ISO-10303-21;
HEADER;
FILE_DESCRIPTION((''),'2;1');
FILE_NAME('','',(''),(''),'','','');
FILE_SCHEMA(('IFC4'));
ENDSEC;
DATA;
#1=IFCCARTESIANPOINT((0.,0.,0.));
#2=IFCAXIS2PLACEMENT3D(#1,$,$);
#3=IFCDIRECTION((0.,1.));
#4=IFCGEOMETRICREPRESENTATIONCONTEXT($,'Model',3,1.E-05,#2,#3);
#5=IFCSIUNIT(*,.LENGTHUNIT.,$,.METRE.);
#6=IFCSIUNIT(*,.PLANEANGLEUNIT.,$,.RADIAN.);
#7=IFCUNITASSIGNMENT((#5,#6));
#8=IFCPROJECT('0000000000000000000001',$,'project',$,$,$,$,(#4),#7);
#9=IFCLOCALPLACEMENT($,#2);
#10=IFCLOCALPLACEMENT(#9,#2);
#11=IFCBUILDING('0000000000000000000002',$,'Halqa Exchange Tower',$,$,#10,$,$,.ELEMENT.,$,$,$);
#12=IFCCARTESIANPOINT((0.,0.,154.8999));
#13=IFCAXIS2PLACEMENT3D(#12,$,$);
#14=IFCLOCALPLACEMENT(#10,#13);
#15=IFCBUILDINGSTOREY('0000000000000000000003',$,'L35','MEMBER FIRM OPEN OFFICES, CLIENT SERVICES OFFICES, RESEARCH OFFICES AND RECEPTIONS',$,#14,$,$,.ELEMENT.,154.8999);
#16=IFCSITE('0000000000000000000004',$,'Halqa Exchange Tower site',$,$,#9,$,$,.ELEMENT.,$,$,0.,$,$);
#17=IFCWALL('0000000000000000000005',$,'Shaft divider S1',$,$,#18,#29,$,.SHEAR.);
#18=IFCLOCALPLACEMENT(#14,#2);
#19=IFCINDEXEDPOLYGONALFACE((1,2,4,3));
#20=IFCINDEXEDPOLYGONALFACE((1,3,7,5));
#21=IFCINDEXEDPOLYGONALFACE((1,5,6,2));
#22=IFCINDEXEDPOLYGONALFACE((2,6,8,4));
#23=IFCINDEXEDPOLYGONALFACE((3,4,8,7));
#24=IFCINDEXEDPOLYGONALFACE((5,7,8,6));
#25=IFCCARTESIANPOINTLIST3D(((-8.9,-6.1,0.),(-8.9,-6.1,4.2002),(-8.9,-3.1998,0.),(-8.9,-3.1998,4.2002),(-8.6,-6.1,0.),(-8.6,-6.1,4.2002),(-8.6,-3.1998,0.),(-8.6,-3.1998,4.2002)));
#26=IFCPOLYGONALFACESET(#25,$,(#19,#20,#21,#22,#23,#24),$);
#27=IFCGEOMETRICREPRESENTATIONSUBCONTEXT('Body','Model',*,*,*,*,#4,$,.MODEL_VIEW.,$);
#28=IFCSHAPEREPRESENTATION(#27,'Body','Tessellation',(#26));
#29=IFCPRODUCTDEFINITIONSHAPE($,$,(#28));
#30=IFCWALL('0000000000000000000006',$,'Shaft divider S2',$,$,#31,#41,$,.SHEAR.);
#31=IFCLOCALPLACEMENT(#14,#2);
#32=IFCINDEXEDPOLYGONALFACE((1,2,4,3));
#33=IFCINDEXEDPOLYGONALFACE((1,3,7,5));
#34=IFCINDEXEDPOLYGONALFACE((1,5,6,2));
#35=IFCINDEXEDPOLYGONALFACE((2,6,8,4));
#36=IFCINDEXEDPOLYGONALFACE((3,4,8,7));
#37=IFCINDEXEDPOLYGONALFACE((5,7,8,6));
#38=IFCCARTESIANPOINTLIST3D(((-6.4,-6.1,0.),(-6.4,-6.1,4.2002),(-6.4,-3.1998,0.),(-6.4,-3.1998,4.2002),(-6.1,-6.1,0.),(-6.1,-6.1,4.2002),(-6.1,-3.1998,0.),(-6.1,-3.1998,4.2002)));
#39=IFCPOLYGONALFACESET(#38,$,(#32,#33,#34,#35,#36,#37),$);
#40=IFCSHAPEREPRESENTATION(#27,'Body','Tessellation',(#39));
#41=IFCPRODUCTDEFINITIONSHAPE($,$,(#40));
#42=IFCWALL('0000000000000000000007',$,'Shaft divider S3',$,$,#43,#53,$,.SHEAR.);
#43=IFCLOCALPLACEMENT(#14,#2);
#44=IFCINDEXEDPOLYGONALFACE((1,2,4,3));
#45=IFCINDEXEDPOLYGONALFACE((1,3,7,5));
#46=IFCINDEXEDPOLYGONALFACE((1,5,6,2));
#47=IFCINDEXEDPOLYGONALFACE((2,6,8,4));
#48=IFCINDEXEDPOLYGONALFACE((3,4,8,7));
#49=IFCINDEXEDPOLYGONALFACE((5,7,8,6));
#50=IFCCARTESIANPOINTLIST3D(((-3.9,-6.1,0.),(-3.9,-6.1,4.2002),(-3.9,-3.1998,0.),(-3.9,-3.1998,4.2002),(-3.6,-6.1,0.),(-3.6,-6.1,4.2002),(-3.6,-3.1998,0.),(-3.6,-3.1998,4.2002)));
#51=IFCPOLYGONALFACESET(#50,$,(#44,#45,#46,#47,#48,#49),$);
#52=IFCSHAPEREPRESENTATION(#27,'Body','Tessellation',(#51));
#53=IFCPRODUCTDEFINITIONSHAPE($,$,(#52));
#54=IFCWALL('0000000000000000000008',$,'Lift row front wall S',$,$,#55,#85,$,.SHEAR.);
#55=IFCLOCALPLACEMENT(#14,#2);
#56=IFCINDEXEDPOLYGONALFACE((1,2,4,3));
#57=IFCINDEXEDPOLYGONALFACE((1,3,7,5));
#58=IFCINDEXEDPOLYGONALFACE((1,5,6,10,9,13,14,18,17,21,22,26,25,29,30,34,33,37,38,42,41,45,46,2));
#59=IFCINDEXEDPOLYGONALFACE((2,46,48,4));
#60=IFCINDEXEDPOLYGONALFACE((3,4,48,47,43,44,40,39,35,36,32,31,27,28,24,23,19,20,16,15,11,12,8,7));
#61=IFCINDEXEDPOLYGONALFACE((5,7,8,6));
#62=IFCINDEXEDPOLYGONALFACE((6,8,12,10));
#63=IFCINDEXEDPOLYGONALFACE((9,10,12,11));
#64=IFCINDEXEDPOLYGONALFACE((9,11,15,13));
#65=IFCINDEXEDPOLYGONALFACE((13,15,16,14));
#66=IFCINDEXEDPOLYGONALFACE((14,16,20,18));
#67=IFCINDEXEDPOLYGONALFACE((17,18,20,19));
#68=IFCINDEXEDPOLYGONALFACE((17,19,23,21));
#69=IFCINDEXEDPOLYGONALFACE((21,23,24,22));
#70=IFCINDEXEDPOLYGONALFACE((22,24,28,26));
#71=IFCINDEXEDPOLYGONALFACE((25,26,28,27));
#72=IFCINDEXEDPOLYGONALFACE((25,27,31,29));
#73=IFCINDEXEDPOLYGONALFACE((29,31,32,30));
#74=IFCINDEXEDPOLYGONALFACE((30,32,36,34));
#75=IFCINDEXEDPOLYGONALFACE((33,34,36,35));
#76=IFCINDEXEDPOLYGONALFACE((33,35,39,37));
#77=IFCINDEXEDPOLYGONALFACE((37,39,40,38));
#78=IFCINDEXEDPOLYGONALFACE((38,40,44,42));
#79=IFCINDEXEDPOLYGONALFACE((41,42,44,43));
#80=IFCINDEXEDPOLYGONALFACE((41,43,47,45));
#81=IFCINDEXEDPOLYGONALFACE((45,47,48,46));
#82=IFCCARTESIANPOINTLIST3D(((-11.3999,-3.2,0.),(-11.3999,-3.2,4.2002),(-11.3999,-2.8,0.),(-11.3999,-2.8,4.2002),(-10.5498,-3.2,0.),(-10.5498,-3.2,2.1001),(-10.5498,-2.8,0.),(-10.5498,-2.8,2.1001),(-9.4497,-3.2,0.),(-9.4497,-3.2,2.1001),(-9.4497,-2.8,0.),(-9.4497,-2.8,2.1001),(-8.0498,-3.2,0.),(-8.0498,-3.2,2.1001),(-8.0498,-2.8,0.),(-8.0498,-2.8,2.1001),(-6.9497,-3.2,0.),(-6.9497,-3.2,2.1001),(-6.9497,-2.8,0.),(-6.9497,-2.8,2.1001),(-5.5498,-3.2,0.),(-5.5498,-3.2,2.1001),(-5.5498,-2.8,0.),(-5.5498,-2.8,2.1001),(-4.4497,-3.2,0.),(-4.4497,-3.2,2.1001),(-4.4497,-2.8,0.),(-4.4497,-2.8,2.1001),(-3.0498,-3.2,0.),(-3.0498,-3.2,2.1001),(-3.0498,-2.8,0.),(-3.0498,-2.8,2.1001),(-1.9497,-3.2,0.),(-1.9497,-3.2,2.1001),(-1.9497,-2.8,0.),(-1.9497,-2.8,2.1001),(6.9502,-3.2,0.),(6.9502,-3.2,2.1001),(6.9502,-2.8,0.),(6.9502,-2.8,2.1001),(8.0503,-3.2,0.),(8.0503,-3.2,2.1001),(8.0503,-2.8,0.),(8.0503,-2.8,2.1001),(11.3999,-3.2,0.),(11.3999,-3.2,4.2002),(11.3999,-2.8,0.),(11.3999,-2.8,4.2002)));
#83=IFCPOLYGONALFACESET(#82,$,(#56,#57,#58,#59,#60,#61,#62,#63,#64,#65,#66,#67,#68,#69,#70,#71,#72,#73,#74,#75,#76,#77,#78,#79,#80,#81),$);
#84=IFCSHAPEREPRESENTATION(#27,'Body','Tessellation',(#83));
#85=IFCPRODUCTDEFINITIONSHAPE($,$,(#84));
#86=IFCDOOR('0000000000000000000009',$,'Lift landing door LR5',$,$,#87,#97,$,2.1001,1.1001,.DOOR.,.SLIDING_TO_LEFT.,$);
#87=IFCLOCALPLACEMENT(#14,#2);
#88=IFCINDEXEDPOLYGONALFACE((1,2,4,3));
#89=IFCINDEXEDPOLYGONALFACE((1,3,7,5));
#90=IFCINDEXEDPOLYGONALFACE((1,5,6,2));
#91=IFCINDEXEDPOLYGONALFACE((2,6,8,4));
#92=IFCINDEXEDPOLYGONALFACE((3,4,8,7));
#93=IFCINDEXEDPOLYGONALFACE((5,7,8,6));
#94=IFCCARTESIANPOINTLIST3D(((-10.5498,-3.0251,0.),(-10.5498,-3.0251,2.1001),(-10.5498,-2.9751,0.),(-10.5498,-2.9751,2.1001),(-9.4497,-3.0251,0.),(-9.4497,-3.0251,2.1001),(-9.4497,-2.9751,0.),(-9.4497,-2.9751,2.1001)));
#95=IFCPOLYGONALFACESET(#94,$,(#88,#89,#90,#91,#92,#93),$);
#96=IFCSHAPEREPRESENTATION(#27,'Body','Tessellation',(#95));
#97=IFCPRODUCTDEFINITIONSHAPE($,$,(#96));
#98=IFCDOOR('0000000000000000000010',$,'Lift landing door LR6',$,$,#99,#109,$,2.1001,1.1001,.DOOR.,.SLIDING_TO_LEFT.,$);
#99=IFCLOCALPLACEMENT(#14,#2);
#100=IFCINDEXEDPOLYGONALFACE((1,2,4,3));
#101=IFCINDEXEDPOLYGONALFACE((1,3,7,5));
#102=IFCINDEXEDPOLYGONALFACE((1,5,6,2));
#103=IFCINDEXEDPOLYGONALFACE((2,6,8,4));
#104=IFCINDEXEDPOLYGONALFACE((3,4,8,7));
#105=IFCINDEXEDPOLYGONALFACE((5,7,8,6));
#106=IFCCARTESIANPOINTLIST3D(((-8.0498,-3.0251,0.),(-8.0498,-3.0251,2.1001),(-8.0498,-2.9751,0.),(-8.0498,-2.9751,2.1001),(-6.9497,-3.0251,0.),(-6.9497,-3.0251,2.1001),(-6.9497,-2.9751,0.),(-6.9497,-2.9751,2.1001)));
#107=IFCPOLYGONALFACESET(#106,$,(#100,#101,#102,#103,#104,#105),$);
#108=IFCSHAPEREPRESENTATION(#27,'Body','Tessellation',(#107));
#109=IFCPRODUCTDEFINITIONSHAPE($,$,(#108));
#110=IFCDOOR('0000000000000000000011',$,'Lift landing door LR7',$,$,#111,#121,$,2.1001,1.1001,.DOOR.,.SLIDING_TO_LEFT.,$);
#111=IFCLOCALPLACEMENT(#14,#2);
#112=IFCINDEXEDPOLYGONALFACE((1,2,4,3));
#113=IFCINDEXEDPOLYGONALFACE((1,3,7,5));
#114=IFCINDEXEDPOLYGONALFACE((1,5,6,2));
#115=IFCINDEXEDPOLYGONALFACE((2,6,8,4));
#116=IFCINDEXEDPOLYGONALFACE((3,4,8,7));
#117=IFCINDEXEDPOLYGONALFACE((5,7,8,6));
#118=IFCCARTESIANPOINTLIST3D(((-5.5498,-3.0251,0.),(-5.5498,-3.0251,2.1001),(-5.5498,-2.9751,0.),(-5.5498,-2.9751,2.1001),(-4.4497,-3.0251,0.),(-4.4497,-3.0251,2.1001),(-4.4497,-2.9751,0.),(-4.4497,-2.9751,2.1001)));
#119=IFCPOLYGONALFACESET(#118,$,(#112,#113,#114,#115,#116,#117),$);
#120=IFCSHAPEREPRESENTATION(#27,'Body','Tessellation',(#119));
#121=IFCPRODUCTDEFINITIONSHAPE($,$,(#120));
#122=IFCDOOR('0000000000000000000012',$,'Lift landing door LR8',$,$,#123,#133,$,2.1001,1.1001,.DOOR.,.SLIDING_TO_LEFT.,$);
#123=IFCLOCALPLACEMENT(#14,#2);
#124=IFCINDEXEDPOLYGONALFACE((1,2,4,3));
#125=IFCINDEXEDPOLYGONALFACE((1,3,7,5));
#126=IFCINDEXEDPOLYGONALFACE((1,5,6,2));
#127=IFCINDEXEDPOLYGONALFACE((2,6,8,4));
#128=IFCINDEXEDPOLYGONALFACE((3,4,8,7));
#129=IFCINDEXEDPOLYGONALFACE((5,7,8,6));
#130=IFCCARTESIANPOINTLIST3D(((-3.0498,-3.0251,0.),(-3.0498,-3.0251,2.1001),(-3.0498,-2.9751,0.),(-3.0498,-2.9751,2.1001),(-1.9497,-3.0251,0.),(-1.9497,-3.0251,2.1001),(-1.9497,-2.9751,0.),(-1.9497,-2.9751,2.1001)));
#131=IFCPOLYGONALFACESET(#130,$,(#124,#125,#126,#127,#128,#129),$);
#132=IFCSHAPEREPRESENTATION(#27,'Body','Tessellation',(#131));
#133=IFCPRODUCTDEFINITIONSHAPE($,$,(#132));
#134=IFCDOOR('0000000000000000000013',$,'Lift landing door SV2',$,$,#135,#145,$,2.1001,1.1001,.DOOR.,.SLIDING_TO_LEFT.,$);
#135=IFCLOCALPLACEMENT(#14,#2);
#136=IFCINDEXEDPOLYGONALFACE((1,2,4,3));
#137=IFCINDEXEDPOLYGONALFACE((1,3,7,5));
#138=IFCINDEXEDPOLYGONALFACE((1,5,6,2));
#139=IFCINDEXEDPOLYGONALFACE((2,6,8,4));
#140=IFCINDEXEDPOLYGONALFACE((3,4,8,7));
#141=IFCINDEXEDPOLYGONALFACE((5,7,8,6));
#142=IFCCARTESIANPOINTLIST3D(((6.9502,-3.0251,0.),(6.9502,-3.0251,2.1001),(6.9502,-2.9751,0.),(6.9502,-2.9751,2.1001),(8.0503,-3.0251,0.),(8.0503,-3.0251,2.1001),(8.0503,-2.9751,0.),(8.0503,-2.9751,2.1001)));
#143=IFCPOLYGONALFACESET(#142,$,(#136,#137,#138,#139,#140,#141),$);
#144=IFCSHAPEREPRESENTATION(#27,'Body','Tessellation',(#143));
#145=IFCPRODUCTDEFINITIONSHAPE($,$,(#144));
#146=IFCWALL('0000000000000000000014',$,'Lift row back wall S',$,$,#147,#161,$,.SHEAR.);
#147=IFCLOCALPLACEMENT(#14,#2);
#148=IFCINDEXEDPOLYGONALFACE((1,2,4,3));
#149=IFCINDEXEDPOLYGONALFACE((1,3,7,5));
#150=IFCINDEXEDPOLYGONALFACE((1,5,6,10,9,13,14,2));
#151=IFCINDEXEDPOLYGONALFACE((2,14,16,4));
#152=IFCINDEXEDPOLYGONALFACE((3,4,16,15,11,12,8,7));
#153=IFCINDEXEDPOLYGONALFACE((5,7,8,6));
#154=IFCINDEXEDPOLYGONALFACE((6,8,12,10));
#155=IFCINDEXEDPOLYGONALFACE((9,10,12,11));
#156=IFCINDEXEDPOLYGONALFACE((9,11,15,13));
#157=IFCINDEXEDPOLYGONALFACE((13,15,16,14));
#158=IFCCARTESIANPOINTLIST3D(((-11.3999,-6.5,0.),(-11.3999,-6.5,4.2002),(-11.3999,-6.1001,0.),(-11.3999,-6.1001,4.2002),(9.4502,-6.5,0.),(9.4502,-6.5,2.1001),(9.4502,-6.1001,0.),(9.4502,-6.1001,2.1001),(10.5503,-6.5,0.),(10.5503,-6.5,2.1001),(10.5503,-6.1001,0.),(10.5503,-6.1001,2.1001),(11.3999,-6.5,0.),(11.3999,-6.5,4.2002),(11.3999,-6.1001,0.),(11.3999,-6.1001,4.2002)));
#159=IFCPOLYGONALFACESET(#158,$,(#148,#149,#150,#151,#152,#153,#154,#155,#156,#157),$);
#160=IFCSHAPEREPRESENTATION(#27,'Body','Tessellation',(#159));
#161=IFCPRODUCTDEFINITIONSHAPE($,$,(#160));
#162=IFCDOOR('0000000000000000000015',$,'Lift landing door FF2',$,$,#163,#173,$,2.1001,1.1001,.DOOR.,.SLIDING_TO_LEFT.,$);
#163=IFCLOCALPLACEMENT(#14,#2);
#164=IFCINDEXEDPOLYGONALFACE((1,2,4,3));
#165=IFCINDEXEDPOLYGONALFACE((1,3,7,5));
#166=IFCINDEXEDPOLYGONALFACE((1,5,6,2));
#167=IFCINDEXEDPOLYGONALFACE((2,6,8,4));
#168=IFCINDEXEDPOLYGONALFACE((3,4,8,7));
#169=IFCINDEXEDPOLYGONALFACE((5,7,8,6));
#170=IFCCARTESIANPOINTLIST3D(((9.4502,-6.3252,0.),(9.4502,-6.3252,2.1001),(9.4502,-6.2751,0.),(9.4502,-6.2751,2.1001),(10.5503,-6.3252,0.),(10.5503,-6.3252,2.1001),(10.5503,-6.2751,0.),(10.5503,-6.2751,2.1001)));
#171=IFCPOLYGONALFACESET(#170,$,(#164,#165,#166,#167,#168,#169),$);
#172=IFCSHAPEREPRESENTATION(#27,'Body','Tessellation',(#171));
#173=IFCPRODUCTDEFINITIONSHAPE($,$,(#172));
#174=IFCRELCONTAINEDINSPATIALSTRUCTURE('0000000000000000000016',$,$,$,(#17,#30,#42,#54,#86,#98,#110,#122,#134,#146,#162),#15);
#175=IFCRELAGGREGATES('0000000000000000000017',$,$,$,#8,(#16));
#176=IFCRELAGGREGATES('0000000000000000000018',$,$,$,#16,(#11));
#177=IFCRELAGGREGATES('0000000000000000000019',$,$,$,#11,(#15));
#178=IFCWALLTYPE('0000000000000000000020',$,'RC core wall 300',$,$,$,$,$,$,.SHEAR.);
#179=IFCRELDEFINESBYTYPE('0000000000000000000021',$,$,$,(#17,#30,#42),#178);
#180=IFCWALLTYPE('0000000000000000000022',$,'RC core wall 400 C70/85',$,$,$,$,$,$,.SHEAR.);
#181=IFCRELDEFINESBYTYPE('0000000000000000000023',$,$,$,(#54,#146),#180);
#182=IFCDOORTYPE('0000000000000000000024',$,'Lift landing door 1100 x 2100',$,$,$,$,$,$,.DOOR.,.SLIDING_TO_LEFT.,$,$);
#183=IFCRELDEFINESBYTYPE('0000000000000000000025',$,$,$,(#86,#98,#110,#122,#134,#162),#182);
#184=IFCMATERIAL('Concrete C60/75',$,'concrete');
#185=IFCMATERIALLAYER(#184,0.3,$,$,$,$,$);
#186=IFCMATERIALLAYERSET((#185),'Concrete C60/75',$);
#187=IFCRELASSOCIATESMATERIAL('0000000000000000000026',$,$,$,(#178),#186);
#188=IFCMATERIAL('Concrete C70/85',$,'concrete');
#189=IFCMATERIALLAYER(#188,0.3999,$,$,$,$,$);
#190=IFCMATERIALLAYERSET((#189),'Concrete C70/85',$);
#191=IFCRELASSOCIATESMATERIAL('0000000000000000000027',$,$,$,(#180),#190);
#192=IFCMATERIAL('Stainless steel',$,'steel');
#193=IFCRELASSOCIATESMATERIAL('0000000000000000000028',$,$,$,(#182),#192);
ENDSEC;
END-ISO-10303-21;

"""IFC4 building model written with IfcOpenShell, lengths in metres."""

from ifc_helpers import new_model, si_unit, direction, frame, frame_2d, origin, place, context, subcontext, project, spatial, rectangle, extrude, material, layer, layer_set, type_object, element, fill, save


model = new_model("IFC4")

# Units and contexts
model_context = context("Model", 3, precision=1e-05, world=origin(), true_north=direction((0.0, 1.0)))
body_context = subcontext(model_context, "Body", "Model", "MODEL_VIEW")
ifc_project = project(units=[si_unit("LENGTHUNIT", "METRE"), si_unit("PLANEANGLEUNIT", "RADIAN")], contexts=[model_context])

# Site, building, storey
site_placement = place(None, origin())
site = spatial("IfcSite", under=ifc_project, at=site_placement, Name="Halqa Exchange Tower site", CompositionType="ELEMENT", RefElevation=0.0)
building_placement = place(site_placement, origin())
building = spatial("IfcBuilding", under=site, at=building_placement, Name="Halqa Exchange Tower", CompositionType="ELEMENT")
storey_placement = place(building_placement, frame((0.0, 0.0, 154.8999)))
storey = spatial("IfcBuildingStorey", under=building, at=storey_placement, Name="L35", Description="MEMBER FIRM OPEN OFFICES, CLIENT SERVICES OFFICES, RESEARCH OFFICES AND RECEPTIONS", CompositionType="ELEMENT", Elevation=154.8999)

# Walls
ifc_material_1 = material(Name="Concrete C60/75", Category="concrete")
ifc_layer_1 = layer(ifc_material_1, 0.3)
ifc_layer_set_1 = layer_set([ifc_layer_1], Name="Concrete C60/75")
wall_type_1 = type_object("IfcWallType", Name="RC core wall 300", PredefinedType="SHEAR", material=ifc_layer_set_1)
for number, where, z_axis, x_axis, name in (
    (1, (-8.75, -6.1001, 0.0), (0.0, 0.0, 1.0), (0.0, 1.0, 0.0), "Shaft divider S1"),
    (2, (-6.25, -6.1001, 0.0), (0.0, 0.0, 1.0), (0.0, 1.0, 0.0), "Shaft divider S2"),
    (3, (-3.75, -6.1001, 0.0), (0.0, 0.0, 1.0), (0.0, 1.0, 0.0), "Shaft divider S3"),
):
    element("IfcWall", number, at=place(storey_placement, frame(where, z_axis=z_axis, x_axis=x_axis)), inside=storey, type_object=wall_type_1, Name=name, PredefinedType="SHEAR", context=body_context, shape_type="SweptSolid", body=[
        extrude(rectangle(XDim=2.9001, YDim=0.3, at=frame_2d((1.4502, 0.0))), origin(), (0.0, 0.0, 1.0), 4.2002),
    ])

# Wall, openings, doors
ifc_material_2 = material(Name="Concrete C70/85", Category="concrete")
ifc_layer_2 = layer(ifc_material_2, 0.3999)
ifc_layer_set_2 = layer_set([ifc_layer_2], Name="Concrete C70/85")
wall_type_2 = type_object("IfcWallType", Name="RC core wall 400 C70/85", PredefinedType="SHEAR", material=ifc_layer_set_2)
wall_1_placement = place(storey_placement, frame((-11.3999, -3.0, 0.0), z_axis=(0.0, 0.0, 1.0), x_axis=(1.0, 0.0, 0.0)))
wall_1 = element("IfcWall", 4, at=wall_1_placement, inside=storey, type_object=wall_type_2, Name="Lift row front wall S", PredefinedType="SHEAR", context=body_context, shape_type="SweptSolid", body=[
    extrude(rectangle(XDim=22.7998, YDim=0.3999, at=frame_2d((11.3999, 0.0))), origin(), (0.0, 0.0, 1.0), 4.2002),
])
opening_1_placement = place(wall_1_placement, frame((0.8501, 0.0, 0.0)))
opening_1 = element("IfcOpeningElement", 5, at=opening_1_placement, cuts=wall_1, PredefinedType="OPENING", context=body_context, shape_type="SweptSolid", body=[
    extrude(rectangle(XDim=1.1001, YDim=2.1001, at=frame_2d((0.55, 1.05))), frame((0.0, 0.2119, 0.0), z_axis=(0.0, -1.0, 0.0), x_axis=(1.0, 0.0, 0.0)), (0.0, 0.0, 1.0), 0.4238),
])
opening_2_placement = place(wall_1_placement, frame((3.3501, 0.0, 0.0)))
opening_2 = element("IfcOpeningElement", 6, at=opening_2_placement, cuts=wall_1, PredefinedType="OPENING", context=body_context, shape_type="SweptSolid", body=[
    extrude(rectangle(XDim=1.1001, YDim=2.1001, at=frame_2d((0.55, 1.05))), frame((0.0, 0.2119, 0.0), z_axis=(0.0, -1.0, 0.0), x_axis=(1.0, 0.0, 0.0)), (0.0, 0.0, 1.0), 0.4238),
])
opening_3_placement = place(wall_1_placement, frame((5.8501, 0.0, 0.0)))
opening_3 = element("IfcOpeningElement", 7, at=opening_3_placement, cuts=wall_1, PredefinedType="OPENING", context=body_context, shape_type="SweptSolid", body=[
    extrude(rectangle(XDim=1.1001, YDim=2.1001, at=frame_2d((0.55, 1.05))), frame((0.0, 0.2119, 0.0), z_axis=(0.0, -1.0, 0.0), x_axis=(1.0, 0.0, 0.0)), (0.0, 0.0, 1.0), 0.4238),
])
opening_4_placement = place(wall_1_placement, frame((8.3501, 0.0, 0.0)))
opening_4 = element("IfcOpeningElement", 8, at=opening_4_placement, cuts=wall_1, PredefinedType="OPENING", context=body_context, shape_type="SweptSolid", body=[
    extrude(rectangle(XDim=1.1001, YDim=2.1001, at=frame_2d((0.55, 1.05))), frame((0.0, 0.2119, 0.0), z_axis=(0.0, -1.0, 0.0), x_axis=(1.0, 0.0, 0.0)), (0.0, 0.0, 1.0), 0.4238),
])
opening_5_placement = place(wall_1_placement, frame((18.3501, 0.0, 0.0)))
opening_5 = element("IfcOpeningElement", 9, at=opening_5_placement, cuts=wall_1, PredefinedType="OPENING", context=body_context, shape_type="SweptSolid", body=[
    extrude(rectangle(XDim=1.1001, YDim=2.1001, at=frame_2d((0.55, 1.05))), frame((0.0, 0.2119, 0.0), z_axis=(0.0, -1.0, 0.0), x_axis=(1.0, 0.0, 0.0)), (0.0, 0.0, 1.0), 0.4238),
])
ifc_material_3 = material(Name="Stainless steel", Category="steel")
door_type = type_object("IfcDoorType", Name="Lift landing door 1100 x 2100", OperationType="SLIDING_TO_LEFT", PredefinedType="DOOR", material=ifc_material_3)
door_1_placement = place(opening_1_placement, origin())
door_1 = element("IfcDoor", 10, at=door_1_placement, inside=storey, type_object=door_type, Name="Lift landing door LR5", OperationType="SLIDING_TO_LEFT", OverallHeight=2.1001, OverallWidth=1.1001, PredefinedType="DOOR", context=body_context, shape_type="SweptSolid", body=[
    extrude(rectangle(XDim=1.1001, YDim=2.1001, at=frame_2d((0.55, 1.05))), frame((0.0, 0.0249, 0.0), z_axis=(0.0, -1.0, 0.0), x_axis=(1.0, 0.0, 0.0)), (0.0, 0.0, 1.0), 0.05),
])
fill(opening_1, door_1)
door_2_placement = place(opening_2_placement, origin())
door_2 = element("IfcDoor", 11, at=door_2_placement, inside=storey, type_object=door_type, Name="Lift landing door LR6", OperationType="SLIDING_TO_LEFT", OverallHeight=2.1001, OverallWidth=1.1001, PredefinedType="DOOR", context=body_context, shape_type="SweptSolid", body=[
    extrude(rectangle(XDim=1.1001, YDim=2.1001, at=frame_2d((0.55, 1.05))), frame((0.0, 0.0249, 0.0), z_axis=(0.0, -1.0, 0.0), x_axis=(1.0, 0.0, 0.0)), (0.0, 0.0, 1.0), 0.05),
])
fill(opening_2, door_2)
door_3_placement = place(opening_3_placement, origin())
door_3 = element("IfcDoor", 12, at=door_3_placement, inside=storey, type_object=door_type, Name="Lift landing door LR7", OperationType="SLIDING_TO_LEFT", OverallHeight=2.1001, OverallWidth=1.1001, PredefinedType="DOOR", context=body_context, shape_type="SweptSolid", body=[
    extrude(rectangle(XDim=1.1001, YDim=2.1001, at=frame_2d((0.55, 1.05))), frame((0.0, 0.0249, 0.0), z_axis=(0.0, -1.0, 0.0), x_axis=(1.0, 0.0, 0.0)), (0.0, 0.0, 1.0), 0.05),
])
fill(opening_3, door_3)
door_4_placement = place(opening_4_placement, origin())
door_4 = element("IfcDoor", 13, at=door_4_placement, inside=storey, type_object=door_type, Name="Lift landing door LR8", OperationType="SLIDING_TO_LEFT", OverallHeight=2.1001, OverallWidth=1.1001, PredefinedType="DOOR", context=body_context, shape_type="SweptSolid", body=[
    extrude(rectangle(XDim=1.1001, YDim=2.1001, at=frame_2d((0.55, 1.05))), frame((0.0, 0.0249, 0.0), z_axis=(0.0, -1.0, 0.0), x_axis=(1.0, 0.0, 0.0)), (0.0, 0.0, 1.0), 0.05),
])
fill(opening_4, door_4)
door_5_placement = place(opening_5_placement, origin())
door_5 = element("IfcDoor", 14, at=door_5_placement, inside=storey, type_object=door_type, Name="Lift landing door SV2", OperationType="SLIDING_TO_LEFT", OverallHeight=2.1001, OverallWidth=1.1001, PredefinedType="DOOR", context=body_context, shape_type="SweptSolid", body=[
    extrude(rectangle(XDim=1.1001, YDim=2.1001, at=frame_2d((0.55, 1.05))), frame((0.0, 0.0249, 0.0), z_axis=(0.0, -1.0, 0.0), x_axis=(1.0, 0.0, 0.0)), (0.0, 0.0, 1.0), 0.05),
])
fill(opening_5, door_5)

# Wall, opening, door
wall_2_placement = place(storey_placement, frame((-11.3999, -6.3, 0.0), z_axis=(0.0, 0.0, 1.0), x_axis=(1.0, 0.0, 0.0)))
wall_2 = element("IfcWall", 15, at=wall_2_placement, inside=storey, type_object=wall_type_2, Name="Lift row back wall S", PredefinedType="SHEAR", context=body_context, shape_type="SweptSolid", body=[
    extrude(rectangle(XDim=22.7998, YDim=0.3999, at=frame_2d((11.3999, 0.0))), origin(), (0.0, 0.0, 1.0), 4.2002),
])
opening_6_placement = place(wall_2_placement, frame((20.8501, 0.0, 0.0)))
opening_6 = element("IfcOpeningElement", 16, at=opening_6_placement, cuts=wall_2, PredefinedType="OPENING", context=body_context, shape_type="SweptSolid", body=[
    extrude(rectangle(XDim=1.1001, YDim=2.1001, at=frame_2d((0.55, 1.05))), frame((0.0, 0.2119, 0.0), z_axis=(0.0, -1.0, 0.0), x_axis=(1.0, 0.0, 0.0)), (0.0, 0.0, 1.0), 0.4238),
])
door_6_placement = place(opening_6_placement, origin())
door_6 = element("IfcDoor", 17, at=door_6_placement, inside=storey, type_object=door_type, Name="Lift landing door FF2", OperationType="SLIDING_TO_LEFT", OverallHeight=2.1001, OverallWidth=1.1001, PredefinedType="DOOR", context=body_context, shape_type="SweptSolid", body=[
    extrude(rectangle(XDim=1.1001, YDim=2.1001, at=frame_2d((0.55, 1.05))), frame((0.0, 0.0249, 0.0), z_axis=(0.0, -1.0, 0.0), x_axis=(1.0, 0.0, 0.0)), (0.0, 0.0, 1.0), 0.05),
])
fill(opening_6, door_6)

save(model, "model.ifc")
